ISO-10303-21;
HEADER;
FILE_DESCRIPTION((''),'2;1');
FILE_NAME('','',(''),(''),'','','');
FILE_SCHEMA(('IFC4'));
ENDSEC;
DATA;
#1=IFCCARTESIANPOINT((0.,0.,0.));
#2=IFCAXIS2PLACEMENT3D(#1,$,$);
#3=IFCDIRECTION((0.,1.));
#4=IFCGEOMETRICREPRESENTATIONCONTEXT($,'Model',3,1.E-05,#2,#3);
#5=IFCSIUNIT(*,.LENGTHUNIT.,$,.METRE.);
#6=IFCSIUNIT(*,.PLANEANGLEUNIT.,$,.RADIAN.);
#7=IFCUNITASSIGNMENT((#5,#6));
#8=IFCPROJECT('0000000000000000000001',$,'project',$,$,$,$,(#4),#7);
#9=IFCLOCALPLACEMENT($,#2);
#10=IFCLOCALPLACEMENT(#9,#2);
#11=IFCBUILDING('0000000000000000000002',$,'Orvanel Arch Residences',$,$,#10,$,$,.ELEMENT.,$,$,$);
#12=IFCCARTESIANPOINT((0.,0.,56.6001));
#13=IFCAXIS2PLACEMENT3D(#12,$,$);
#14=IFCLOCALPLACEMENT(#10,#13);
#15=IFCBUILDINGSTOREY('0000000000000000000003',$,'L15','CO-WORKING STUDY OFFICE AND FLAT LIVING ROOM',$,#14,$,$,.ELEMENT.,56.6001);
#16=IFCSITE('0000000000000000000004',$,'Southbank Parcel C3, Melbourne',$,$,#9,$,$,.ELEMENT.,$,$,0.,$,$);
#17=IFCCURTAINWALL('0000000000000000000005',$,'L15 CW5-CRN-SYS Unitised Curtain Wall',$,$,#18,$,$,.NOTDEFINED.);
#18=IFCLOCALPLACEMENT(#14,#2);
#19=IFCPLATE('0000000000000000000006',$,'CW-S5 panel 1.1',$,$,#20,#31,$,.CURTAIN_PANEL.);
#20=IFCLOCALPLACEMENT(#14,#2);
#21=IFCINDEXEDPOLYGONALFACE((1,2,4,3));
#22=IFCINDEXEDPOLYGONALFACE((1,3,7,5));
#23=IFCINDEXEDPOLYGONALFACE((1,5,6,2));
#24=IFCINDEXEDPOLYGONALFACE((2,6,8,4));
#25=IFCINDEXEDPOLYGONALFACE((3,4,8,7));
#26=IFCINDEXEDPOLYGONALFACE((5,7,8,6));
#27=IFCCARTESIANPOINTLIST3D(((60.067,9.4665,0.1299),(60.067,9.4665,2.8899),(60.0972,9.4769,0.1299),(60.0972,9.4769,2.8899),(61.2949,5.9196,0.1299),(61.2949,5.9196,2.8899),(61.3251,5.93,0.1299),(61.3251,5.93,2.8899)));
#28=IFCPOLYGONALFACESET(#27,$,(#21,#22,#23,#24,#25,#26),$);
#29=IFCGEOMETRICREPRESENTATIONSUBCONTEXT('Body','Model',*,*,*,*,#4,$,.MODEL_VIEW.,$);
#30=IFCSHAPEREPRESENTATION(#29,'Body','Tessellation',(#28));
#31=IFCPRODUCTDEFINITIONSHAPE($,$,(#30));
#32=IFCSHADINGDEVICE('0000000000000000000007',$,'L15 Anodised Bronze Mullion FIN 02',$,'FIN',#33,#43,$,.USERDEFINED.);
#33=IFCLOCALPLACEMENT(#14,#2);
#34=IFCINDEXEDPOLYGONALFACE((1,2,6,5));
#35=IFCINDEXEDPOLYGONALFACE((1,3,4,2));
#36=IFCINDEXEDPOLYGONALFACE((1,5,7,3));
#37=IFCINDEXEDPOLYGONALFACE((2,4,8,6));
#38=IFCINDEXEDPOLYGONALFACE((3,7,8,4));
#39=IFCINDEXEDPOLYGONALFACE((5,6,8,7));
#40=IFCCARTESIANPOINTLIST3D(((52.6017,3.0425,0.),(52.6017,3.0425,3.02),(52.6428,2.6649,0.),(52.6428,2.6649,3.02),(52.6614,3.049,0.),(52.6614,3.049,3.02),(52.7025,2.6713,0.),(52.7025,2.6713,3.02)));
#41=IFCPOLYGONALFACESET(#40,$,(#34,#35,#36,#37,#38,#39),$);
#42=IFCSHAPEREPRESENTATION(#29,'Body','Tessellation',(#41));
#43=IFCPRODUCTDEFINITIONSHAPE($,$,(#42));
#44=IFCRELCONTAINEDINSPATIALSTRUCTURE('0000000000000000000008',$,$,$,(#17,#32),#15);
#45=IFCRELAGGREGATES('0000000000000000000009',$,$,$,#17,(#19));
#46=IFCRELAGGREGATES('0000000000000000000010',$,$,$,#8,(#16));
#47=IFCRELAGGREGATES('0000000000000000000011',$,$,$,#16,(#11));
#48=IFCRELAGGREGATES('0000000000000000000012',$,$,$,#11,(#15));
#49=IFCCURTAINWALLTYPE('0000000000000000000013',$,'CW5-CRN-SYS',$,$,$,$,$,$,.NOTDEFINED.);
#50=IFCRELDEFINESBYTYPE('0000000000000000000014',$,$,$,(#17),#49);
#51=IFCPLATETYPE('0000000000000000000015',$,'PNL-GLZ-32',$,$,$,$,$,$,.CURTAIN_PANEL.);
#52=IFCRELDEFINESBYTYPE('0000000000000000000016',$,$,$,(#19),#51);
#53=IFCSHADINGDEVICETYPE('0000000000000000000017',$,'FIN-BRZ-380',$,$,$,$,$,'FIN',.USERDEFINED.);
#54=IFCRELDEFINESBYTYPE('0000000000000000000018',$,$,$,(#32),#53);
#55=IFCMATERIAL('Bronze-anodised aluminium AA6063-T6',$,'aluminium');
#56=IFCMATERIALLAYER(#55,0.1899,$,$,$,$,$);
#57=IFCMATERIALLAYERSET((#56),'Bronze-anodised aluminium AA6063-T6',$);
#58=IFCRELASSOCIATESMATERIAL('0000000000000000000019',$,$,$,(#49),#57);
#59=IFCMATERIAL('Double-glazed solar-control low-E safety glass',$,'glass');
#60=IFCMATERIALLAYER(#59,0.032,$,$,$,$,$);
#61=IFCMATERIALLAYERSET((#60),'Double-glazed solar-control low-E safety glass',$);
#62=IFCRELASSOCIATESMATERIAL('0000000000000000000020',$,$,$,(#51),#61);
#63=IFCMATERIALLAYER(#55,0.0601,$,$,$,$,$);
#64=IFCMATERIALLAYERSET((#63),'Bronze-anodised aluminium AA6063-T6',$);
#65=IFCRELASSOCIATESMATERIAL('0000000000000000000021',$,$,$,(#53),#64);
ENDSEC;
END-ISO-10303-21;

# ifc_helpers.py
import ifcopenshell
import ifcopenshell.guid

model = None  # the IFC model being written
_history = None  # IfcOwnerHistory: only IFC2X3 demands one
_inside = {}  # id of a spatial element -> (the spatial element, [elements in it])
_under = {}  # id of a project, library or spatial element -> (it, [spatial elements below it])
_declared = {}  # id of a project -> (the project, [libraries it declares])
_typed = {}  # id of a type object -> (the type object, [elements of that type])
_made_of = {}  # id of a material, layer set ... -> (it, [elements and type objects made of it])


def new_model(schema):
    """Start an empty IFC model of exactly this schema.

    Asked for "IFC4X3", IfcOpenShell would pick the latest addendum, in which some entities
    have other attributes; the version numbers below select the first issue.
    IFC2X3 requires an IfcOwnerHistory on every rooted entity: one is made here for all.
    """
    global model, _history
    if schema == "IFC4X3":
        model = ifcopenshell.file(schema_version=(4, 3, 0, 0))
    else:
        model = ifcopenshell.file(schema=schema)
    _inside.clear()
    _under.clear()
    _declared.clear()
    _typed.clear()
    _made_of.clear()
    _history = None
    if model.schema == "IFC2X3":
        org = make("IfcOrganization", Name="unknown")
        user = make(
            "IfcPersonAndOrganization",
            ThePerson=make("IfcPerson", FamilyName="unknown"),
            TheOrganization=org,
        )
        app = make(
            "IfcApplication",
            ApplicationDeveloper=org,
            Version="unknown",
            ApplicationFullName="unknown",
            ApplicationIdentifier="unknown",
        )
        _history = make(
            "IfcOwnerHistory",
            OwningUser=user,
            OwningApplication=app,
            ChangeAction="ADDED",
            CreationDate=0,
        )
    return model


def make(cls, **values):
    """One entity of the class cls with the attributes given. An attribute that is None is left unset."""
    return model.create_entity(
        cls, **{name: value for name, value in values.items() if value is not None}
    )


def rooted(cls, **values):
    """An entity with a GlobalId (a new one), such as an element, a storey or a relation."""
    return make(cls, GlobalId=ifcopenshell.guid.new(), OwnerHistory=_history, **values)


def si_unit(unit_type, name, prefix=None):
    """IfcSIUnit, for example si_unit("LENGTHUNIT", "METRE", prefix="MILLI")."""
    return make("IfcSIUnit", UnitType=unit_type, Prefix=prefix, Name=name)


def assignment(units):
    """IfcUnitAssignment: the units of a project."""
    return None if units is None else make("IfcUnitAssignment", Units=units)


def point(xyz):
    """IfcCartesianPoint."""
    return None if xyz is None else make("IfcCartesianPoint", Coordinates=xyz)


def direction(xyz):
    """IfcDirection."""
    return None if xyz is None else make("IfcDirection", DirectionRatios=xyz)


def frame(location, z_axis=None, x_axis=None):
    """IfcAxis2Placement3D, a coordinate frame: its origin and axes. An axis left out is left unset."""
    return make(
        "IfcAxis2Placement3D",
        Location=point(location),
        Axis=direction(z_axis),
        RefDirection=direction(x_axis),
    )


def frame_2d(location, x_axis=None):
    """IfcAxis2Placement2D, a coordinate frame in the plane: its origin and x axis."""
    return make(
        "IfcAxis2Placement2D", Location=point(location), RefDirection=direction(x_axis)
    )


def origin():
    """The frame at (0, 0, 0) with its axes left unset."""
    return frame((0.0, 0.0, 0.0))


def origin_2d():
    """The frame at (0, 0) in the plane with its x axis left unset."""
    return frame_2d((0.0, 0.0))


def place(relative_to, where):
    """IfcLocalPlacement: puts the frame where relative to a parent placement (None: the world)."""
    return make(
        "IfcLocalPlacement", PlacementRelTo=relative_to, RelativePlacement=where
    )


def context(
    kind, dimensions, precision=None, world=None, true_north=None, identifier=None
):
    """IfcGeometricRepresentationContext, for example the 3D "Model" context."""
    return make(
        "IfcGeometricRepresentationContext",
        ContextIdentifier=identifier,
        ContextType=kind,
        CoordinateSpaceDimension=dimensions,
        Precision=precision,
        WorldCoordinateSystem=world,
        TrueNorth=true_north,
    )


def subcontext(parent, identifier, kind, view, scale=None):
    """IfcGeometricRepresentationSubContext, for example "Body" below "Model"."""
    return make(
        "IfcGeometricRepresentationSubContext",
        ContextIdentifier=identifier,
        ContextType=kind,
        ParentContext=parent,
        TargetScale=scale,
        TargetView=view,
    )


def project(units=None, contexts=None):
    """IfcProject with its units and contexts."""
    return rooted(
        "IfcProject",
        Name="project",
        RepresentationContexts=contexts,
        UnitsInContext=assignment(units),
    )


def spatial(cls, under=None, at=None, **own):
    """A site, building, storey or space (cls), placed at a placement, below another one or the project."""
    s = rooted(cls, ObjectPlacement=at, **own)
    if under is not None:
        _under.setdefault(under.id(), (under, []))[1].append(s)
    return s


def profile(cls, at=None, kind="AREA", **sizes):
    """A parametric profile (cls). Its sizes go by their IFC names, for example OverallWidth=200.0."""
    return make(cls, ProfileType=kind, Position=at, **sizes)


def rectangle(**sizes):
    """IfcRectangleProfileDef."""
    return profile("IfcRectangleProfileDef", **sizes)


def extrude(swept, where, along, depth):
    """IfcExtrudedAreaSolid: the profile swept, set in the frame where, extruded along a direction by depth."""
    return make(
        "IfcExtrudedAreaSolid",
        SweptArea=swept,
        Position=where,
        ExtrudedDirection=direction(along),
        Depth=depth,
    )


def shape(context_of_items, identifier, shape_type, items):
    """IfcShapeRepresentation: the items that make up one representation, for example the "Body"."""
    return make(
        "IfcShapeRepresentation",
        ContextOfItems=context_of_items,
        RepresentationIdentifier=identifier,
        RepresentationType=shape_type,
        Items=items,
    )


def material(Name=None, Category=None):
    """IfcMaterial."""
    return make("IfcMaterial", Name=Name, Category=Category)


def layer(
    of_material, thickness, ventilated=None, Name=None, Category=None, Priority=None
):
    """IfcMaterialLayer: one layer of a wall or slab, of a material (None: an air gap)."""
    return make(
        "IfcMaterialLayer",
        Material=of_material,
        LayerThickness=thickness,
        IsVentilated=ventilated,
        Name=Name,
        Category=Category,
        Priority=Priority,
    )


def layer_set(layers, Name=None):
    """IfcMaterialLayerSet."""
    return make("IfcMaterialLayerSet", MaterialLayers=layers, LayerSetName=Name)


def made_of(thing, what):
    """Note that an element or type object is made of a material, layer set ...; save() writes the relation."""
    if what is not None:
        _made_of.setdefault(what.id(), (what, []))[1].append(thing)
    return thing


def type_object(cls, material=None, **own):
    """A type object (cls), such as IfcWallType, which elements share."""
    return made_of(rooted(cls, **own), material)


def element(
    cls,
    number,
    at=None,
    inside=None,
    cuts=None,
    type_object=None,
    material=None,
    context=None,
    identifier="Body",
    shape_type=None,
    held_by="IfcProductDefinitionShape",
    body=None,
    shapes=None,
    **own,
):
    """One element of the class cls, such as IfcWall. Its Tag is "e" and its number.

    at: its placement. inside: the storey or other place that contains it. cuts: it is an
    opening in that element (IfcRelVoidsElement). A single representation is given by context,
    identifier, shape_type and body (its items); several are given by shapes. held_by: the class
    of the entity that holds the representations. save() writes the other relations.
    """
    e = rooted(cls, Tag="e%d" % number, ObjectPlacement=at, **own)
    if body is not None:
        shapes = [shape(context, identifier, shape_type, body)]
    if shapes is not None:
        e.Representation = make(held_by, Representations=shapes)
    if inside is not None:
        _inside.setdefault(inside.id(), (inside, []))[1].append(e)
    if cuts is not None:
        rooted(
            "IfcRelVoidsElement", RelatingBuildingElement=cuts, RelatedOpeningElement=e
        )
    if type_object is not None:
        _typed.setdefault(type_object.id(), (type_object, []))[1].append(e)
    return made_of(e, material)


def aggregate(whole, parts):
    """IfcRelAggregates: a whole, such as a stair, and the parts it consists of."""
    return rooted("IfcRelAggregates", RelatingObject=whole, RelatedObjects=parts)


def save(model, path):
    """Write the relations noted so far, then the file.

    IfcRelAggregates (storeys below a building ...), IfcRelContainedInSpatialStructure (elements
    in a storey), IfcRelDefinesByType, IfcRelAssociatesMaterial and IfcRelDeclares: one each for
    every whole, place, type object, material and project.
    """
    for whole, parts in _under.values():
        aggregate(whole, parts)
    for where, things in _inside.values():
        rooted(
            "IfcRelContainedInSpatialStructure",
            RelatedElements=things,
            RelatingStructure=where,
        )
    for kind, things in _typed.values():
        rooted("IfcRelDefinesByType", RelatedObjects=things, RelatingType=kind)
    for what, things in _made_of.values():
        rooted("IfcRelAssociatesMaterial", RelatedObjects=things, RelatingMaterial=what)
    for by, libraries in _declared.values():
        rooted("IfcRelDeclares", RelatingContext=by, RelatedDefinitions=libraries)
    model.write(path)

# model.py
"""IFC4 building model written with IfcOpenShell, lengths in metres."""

from ifc_helpers import new_model, si_unit, direction, frame, origin, origin_2d, place, context, subcontext, project, spatial, rectangle, extrude, material, layer, layer_set, type_object, element, aggregate, save


model = new_model("IFC4")

# Units and contexts
model_context = context("Model", 3, precision=1e-05, world=origin(), true_north=direction((0.0, 1.0)))
body_context = subcontext(model_context, "Body", "Model", "MODEL_VIEW")
ifc_project = project(units=[si_unit("LENGTHUNIT", "METRE"), si_unit("PLANEANGLEUNIT", "RADIAN")], contexts=[model_context])

# Site, building, storey
site_placement = place(None, origin())
site = spatial("IfcSite", under=ifc_project, at=site_placement, Name="Southbank Parcel C3, Melbourne", CompositionType="ELEMENT", RefElevation=0.0)
building_placement = place(site_placement, origin())
building = spatial("IfcBuilding", under=site, at=building_placement, Name="Orvanel Arch Residences", CompositionType="ELEMENT")
storey_placement = place(building_placement, frame((0.0, 0.0, 56.6001)))
storey = spatial("IfcBuildingStorey", under=building, at=storey_placement, Name="L15", Description="CO-WORKING STUDY OFFICE AND FLAT LIVING ROOM", CompositionType="ELEMENT", Elevation=56.6001)

# Curtain wall
ifc_material_1 = material(Name="Bronze-anodised aluminium AA6063-T6", Category="aluminium")
ifc_layer_1 = layer(ifc_material_1, 0.1899)
ifc_layer_set_1 = layer_set([ifc_layer_1], Name="Bronze-anodised aluminium AA6063-T6")
curtain_wall_type_1 = type_object("IfcCurtainWallType", Name="CW5-CRN-SYS", PredefinedType="NOTDEFINED", material=ifc_layer_set_1)
curtain_wall_1_placement = place(storey_placement, origin())
curtain_wall_1 = element("IfcCurtainWall", 1, at=curtain_wall_1_placement, inside=storey, type_object=curtain_wall_type_1, Name="L15 CW5-CRN-SYS Unitised Curtain Wall", PredefinedType="NOTDEFINED")

# Plate
ifc_material_2 = material(Name="Double-glazed solar-control low-E safety glass", Category="glass")
ifc_layer_2 = layer(ifc_material_2, 0.032)
ifc_layer_set_2 = layer_set([ifc_layer_2], Name="Double-glazed solar-control low-E safety glass")
plate_type_1 = type_object("IfcPlateType", Name="PNL-GLZ-32", PredefinedType="CURTAIN_PANEL", material=ifc_layer_set_2)
plate_1_placement = place(storey_placement, frame((60.696, 7.6982, 0.1299), z_axis=(0.0, 0.0, 1.0), x_axis=(-0.327141, 0.944976, 0.0)))
plate_1 = element("IfcPlate", 2, at=plate_1_placement, type_object=plate_type_1, Name="CW-S5 panel 1.1", PredefinedType="CURTAIN_PANEL", context=body_context, shape_type="SweptSolid", body=[
    extrude(rectangle(XDim=3.7534, YDim=0.032, at=origin_2d()), origin(), (0.0, 0.0, 1.0), 2.76),
])
aggregate(curtain_wall_1, [plate_1])

# Shading device
ifc_layer_3 = layer(ifc_material_1, 0.0601)
ifc_layer_set_3 = layer_set([ifc_layer_3], Name="Bronze-anodised aluminium AA6063-T6")
shading_device_type = type_object("IfcShadingDeviceType", Name="FIN-BRZ-380", ElementType="FIN", PredefinedType="USERDEFINED", material=ifc_layer_set_3)
shading_device_placement = place(storey_placement, frame((52.6521, 2.8569, 0.0), z_axis=(0.0, 0.0, 1.0), x_axis=(0.107999, -0.994151, 0.0)))
element("IfcShadingDevice", 3, at=shading_device_placement, inside=storey, type_object=shading_device_type, Name="L15 Anodised Bronze Mullion FIN 02", ObjectType="FIN", PredefinedType="USERDEFINED", context=body_context, shape_type="SweptSolid", body=[
    extrude(rectangle(XDim=0.3799, YDim=0.0601, at=origin_2d()), origin(), (0.0, 0.0, 1.0), 3.02),
])

save(model, "model.ifc")
